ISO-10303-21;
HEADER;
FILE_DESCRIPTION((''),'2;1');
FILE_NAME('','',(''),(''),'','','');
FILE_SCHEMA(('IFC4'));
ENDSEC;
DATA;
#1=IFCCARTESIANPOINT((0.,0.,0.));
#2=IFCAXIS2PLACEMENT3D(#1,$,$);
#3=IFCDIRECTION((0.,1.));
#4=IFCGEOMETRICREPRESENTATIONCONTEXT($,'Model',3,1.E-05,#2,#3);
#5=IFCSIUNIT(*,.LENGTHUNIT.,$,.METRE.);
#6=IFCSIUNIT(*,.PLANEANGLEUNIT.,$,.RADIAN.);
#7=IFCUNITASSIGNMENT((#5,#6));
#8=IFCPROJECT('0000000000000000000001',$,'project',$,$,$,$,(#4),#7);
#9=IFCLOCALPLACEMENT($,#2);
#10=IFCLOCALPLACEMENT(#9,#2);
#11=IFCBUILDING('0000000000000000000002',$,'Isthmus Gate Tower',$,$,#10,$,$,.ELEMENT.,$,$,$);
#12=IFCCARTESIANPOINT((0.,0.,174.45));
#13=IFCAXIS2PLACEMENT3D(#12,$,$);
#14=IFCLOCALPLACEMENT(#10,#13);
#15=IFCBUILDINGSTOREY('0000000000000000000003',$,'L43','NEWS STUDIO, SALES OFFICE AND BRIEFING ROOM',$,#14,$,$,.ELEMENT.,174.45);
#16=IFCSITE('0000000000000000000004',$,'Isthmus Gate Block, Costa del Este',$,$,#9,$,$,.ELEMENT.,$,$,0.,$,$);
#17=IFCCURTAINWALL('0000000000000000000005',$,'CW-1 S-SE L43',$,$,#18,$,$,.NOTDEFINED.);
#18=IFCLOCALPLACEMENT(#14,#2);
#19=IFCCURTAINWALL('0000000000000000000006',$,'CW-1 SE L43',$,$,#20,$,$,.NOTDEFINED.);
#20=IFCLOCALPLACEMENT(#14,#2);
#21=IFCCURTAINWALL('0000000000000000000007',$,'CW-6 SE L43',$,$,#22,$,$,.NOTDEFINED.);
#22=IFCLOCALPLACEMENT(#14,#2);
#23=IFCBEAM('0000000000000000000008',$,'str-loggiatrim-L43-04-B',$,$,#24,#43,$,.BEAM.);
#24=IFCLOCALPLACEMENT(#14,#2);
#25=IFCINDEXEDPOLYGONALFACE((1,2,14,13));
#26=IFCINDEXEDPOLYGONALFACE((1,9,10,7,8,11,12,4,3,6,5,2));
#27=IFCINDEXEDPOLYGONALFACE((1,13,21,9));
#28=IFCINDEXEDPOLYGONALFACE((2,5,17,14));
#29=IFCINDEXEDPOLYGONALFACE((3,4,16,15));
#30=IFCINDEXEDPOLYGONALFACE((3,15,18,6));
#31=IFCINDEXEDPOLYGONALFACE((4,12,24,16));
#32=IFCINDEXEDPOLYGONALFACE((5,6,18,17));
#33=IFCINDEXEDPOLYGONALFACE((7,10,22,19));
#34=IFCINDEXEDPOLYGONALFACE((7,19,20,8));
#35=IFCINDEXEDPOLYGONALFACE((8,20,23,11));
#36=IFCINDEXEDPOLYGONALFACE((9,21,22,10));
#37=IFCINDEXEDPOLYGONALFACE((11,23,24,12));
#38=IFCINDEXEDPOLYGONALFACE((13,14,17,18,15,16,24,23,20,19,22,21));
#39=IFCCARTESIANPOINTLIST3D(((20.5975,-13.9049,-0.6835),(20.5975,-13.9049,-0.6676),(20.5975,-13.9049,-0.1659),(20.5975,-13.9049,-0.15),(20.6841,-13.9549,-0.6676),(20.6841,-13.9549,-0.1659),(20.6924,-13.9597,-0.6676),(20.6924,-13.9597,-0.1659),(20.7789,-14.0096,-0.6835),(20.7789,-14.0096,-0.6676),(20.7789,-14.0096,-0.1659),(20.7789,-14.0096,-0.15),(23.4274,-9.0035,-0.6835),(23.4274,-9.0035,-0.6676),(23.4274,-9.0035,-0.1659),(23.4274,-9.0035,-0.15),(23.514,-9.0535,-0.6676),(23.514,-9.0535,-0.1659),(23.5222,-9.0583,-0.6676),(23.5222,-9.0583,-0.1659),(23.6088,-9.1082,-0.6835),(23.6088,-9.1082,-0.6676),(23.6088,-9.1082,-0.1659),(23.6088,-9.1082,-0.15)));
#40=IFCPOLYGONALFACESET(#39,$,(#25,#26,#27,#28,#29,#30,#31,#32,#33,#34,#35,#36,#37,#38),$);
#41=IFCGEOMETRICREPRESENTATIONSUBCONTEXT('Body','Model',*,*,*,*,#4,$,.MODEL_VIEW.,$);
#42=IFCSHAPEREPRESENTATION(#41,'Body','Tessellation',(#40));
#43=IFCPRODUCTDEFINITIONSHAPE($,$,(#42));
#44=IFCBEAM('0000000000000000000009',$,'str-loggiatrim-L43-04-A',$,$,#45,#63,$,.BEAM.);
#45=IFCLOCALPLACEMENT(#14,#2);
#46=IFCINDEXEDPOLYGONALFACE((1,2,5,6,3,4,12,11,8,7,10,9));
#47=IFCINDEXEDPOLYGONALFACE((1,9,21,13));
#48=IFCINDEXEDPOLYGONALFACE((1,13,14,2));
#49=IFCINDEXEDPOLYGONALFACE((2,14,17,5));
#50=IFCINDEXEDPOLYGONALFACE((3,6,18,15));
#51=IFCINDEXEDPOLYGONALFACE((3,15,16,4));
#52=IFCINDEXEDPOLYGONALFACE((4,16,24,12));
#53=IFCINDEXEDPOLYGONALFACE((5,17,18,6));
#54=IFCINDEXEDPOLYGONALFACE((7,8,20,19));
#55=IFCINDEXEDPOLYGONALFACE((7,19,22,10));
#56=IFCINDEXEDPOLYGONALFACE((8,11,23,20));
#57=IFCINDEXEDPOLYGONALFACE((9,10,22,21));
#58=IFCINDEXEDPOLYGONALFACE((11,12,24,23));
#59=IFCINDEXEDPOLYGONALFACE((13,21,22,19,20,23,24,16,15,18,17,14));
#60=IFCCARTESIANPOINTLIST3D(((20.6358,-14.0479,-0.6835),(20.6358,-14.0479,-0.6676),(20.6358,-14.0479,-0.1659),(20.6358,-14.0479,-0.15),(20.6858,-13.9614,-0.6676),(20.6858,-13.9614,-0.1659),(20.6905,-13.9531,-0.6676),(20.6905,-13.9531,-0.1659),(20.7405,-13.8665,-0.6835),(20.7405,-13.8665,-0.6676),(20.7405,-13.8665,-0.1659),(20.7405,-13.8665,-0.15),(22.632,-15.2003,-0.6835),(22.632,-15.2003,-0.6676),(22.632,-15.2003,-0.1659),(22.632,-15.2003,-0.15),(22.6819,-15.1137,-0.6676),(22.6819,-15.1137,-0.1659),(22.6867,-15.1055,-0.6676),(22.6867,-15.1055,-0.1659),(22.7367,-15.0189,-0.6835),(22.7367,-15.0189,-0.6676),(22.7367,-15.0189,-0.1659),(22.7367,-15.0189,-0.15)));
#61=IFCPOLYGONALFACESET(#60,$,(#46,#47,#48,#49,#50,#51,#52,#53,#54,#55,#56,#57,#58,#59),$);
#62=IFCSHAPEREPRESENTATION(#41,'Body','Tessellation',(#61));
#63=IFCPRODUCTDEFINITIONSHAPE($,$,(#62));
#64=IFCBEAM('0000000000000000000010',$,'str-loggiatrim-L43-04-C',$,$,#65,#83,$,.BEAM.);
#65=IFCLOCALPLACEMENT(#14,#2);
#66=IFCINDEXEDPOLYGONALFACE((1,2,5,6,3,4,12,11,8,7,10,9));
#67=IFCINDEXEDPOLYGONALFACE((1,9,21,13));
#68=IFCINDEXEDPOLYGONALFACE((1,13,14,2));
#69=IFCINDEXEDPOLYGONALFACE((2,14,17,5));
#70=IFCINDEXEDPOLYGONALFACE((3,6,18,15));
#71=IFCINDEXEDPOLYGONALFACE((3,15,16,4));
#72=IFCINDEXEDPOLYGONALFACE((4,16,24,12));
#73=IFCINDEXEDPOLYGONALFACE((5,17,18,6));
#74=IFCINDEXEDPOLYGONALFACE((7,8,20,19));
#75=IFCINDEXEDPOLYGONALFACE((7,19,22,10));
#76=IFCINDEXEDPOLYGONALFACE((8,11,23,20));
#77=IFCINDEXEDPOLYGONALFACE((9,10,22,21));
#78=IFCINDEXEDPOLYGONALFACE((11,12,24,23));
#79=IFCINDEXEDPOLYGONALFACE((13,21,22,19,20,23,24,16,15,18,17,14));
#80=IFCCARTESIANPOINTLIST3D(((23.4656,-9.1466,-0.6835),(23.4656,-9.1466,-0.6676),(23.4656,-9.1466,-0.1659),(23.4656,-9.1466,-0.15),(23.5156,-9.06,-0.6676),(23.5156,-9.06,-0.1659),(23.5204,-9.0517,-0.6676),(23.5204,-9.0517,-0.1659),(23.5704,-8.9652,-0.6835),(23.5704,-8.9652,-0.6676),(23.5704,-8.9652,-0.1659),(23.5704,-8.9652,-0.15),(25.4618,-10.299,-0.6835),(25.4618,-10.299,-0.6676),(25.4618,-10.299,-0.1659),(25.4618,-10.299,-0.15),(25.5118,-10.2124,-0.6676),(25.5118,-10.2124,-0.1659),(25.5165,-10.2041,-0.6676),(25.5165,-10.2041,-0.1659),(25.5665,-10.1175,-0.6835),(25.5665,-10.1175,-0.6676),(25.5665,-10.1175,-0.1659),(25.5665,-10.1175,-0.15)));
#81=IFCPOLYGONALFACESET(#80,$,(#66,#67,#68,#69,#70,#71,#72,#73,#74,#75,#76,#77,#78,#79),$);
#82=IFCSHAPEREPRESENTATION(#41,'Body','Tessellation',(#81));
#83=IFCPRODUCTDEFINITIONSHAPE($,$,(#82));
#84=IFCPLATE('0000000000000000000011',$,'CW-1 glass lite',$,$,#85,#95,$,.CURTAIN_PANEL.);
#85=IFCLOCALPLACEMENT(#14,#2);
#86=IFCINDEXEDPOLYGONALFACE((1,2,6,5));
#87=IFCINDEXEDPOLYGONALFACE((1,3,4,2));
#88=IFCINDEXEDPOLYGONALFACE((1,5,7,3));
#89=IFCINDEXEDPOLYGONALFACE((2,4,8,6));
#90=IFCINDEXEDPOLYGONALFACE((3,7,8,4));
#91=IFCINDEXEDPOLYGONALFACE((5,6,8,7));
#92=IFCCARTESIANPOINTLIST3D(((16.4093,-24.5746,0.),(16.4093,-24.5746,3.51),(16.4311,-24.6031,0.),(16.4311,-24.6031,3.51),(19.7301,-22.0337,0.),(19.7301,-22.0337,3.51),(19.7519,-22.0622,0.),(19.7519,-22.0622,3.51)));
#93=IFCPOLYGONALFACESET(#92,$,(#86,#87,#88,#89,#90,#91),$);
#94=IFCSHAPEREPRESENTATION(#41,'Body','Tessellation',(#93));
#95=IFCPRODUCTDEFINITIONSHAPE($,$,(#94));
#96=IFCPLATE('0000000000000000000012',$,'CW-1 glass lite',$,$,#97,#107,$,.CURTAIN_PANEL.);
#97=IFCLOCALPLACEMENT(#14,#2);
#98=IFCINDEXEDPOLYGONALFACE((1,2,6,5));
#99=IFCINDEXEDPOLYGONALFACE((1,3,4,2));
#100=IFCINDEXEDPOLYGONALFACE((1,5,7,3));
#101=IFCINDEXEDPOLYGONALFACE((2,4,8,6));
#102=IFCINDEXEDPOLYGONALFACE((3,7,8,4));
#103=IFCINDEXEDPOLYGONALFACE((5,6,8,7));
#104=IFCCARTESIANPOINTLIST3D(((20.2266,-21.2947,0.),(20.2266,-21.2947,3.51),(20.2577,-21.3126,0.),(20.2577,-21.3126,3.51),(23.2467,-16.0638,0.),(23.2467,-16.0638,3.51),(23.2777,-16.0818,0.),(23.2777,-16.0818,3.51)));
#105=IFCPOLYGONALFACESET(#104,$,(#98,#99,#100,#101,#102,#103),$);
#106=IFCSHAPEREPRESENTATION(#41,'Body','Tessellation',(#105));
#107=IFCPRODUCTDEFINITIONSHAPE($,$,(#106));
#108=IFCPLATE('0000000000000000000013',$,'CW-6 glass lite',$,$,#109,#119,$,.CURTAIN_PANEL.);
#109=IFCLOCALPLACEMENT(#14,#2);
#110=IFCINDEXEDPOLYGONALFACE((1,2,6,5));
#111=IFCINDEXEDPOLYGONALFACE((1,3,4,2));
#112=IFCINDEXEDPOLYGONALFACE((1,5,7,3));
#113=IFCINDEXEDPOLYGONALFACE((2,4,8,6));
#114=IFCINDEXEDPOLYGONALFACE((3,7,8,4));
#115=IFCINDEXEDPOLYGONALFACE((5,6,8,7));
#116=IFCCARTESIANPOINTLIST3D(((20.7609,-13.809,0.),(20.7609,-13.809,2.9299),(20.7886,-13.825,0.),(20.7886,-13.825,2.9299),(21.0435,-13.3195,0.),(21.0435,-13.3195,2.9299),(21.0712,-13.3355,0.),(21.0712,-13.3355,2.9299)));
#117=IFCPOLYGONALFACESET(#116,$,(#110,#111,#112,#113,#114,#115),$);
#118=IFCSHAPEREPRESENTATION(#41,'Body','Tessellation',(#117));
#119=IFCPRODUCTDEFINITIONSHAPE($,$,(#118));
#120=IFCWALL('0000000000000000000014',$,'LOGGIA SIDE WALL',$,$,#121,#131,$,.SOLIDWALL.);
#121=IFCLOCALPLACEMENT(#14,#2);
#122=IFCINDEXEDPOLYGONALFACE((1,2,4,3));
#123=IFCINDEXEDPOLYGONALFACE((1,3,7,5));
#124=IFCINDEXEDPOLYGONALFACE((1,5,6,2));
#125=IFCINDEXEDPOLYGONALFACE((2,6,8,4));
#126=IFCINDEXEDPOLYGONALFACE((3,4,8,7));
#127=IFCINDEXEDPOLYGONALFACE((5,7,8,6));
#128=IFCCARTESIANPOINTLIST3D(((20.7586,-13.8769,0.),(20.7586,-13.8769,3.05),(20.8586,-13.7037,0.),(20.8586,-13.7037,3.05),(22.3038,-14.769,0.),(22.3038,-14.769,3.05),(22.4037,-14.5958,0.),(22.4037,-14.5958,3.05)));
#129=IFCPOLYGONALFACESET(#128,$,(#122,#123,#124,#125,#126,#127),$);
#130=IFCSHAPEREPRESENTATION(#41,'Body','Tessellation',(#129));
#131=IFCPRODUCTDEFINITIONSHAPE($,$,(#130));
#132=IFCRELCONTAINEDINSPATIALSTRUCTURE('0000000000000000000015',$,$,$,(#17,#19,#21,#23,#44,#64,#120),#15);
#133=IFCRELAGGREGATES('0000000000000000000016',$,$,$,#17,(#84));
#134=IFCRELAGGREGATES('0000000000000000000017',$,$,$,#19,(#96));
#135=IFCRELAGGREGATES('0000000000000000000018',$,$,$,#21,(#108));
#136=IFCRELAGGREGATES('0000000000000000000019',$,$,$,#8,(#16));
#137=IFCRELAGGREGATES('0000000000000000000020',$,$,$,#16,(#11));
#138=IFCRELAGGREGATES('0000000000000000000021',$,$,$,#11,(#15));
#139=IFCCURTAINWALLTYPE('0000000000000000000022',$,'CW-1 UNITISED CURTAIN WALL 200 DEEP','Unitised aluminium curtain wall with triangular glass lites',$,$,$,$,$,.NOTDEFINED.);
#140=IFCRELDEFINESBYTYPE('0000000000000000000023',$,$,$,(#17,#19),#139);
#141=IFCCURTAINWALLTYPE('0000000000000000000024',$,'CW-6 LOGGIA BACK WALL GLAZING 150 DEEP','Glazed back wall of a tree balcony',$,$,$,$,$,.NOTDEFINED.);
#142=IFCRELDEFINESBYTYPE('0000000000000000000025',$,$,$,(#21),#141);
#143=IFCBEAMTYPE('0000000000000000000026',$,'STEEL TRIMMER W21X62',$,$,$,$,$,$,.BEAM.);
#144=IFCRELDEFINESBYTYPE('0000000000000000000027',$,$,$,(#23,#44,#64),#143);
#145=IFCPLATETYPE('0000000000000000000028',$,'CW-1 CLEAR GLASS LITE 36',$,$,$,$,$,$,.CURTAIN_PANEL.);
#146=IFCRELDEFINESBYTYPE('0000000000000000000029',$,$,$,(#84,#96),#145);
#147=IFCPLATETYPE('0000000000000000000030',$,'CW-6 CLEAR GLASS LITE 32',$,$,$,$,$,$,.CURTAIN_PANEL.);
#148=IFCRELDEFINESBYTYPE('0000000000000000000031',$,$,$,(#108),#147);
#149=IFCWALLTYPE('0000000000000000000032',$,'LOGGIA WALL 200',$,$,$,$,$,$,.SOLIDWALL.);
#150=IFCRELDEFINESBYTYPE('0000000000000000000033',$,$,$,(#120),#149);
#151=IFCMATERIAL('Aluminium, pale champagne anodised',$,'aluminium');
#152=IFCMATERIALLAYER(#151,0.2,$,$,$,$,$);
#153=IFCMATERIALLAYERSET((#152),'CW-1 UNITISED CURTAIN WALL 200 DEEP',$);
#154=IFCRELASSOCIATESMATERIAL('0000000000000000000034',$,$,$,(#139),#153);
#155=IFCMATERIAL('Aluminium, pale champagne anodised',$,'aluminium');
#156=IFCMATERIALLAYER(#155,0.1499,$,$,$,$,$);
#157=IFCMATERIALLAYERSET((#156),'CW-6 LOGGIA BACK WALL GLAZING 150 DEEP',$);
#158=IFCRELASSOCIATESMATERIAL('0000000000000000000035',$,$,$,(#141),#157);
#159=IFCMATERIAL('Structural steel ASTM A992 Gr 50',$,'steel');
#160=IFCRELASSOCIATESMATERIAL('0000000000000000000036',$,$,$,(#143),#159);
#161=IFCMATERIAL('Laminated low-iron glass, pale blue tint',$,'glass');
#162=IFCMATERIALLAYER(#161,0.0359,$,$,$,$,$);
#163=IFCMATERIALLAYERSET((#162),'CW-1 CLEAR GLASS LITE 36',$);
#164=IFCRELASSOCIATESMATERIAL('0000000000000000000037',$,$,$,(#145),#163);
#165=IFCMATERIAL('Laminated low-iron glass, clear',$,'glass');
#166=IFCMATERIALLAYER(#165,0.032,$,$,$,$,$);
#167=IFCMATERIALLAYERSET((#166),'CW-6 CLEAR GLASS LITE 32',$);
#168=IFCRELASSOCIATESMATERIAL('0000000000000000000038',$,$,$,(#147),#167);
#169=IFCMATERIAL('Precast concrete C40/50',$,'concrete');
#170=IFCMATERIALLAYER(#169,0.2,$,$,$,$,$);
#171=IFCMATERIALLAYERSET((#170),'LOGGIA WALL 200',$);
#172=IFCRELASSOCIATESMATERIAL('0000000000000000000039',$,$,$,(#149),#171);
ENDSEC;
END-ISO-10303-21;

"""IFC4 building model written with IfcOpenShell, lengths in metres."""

from ifc_helpers import new_model, si_unit, direction, frame, frame_2d, origin, origin_2d, place, context, subcontext, project, spatial, rectangle, i_section, extrude, material, layer, layer_set, material_profile, profile_set, type_object, element, aggregate, save


model = new_model("IFC4")

# Units and contexts
model_context = context("Model", 3, precision=1e-05, world=origin(), true_north=direction((0.0, 1.0)))
body_context = subcontext(model_context, "Body", "Model", "MODEL_VIEW")
ifc_project = project(units=[si_unit("LENGTHUNIT", "METRE"), si_unit("PLANEANGLEUNIT", "RADIAN")], contexts=[model_context])

# Site, building, storey
site_placement = place(None, origin())
site = spatial("IfcSite", under=ifc_project, at=site_placement, Name="Isthmus Gate Block, Costa del Este", CompositionType="ELEMENT", RefElevation=0.0)
building_placement = place(site_placement, origin())
building = spatial("IfcBuilding", under=site, at=building_placement, Name="Isthmus Gate Tower", CompositionType="ELEMENT")
storey_placement = place(building_placement, frame((0.0, 0.0, 174.45)))
storey = spatial("IfcBuildingStorey", under=building, at=storey_placement, Name="L43", Description="NEWS STUDIO, SALES OFFICE AND BRIEFING ROOM", CompositionType="ELEMENT", Elevation=174.45)

# Curtain walls
ifc_material_1 = material(Name="Aluminium, pale champagne anodised", Category="aluminium")
ifc_layer_1 = layer(ifc_material_1, 0.2)
ifc_layer_set_1 = layer_set([ifc_layer_1], Name="CW-1 UNITISED CURTAIN WALL 200 DEEP")
curtain_wall_type_1 = type_object("IfcCurtainWallType", Name="CW-1 UNITISED CURTAIN WALL 200 DEEP", Description="Unitised aluminium curtain wall with triangular glass lites", PredefinedType="NOTDEFINED", material=ifc_layer_set_1)
curtain_wall_1_placement = place(storey_placement, origin())
curtain_wall_1 = element("IfcCurtainWall", 1, at=curtain_wall_1_placement, inside=storey, type_object=curtain_wall_type_1, Name="CW-1 S-SE L43", PredefinedType="NOTDEFINED")
curtain_wall_2_placement = place(storey_placement, origin())
curtain_wall_2 = element("IfcCurtainWall", 2, at=curtain_wall_2_placement, inside=storey, type_object=curtain_wall_type_1, Name="CW-1 SE L43", PredefinedType="NOTDEFINED")

# Curtain wall
ifc_material_2 = material(Name="Aluminium, pale champagne anodised", Category="aluminium")
ifc_layer_2 = layer(ifc_material_2, 0.1499)
ifc_layer_set_2 = layer_set([ifc_layer_2], Name="CW-6 LOGGIA BACK WALL GLAZING 150 DEEP")
curtain_wall_type_2 = type_object("IfcCurtainWallType", Name="CW-6 LOGGIA BACK WALL GLAZING 150 DEEP", Description="Glazed back wall of a tree balcony", PredefinedType="NOTDEFINED", material=ifc_layer_set_2)
curtain_wall_3_placement = place(storey_placement, origin())
curtain_wall_3 = element("IfcCurtainWall", 3, at=curtain_wall_3_placement, inside=storey, type_object=curtain_wall_type_2, Name="CW-6 SE L43", PredefinedType="NOTDEFINED")

# Beams
ifc_material_3 = material(Name="Structural steel ASTM A992 Gr 50", Category="steel")
ifc_material_profile_1 = material_profile(ifc_material_3, i_section(OverallWidth=0.2095, OverallDepth=0.5334, WebThickness=0.0095, FlangeThickness=0.0159, at=origin_2d()), Name="W21X62")
ifc_profile_set_1 = profile_set([ifc_material_profile_1], Name="Structural steel ASTM A992 Gr 50")
beam_type_1 = type_object("IfcBeamType", Name="STEEL TRIMMER W21X62", PredefinedType="BEAM", material=ifc_profile_set_1)
beam_1_placement = place(storey_placement, frame((20.6882, -13.9573, -0.4167), z_axis=(0.500004, 0.866023, 0.0), x_axis=(-0.866023, 0.500004, 0.0)))
element("IfcBeam", 4, at=beam_1_placement, inside=storey, type_object=beam_type_1, Name="str-loggiatrim-L43-04-B", PredefinedType="BEAM", context=body_context, shape_type="SweptSolid", body=[
    extrude(i_section(OverallWidth=0.2095, OverallDepth=0.5334, WebThickness=0.0095, FlangeThickness=0.0159, at=origin_2d()), origin(), (0.0, 0.0, 1.0), 5.6597),
])
for number, where, z_axis, x_axis, name in (
    (5, (22.6843, -15.1096, -0.4167), (-0.866044, 0.499967, 0.0), (-0.499967, -0.866044, 0.0), "str-loggiatrim-L43-04-A"),
    (6, (25.5142, -10.2083, -0.4167), (-0.866044, 0.499967, 0.0), (-0.499967, -0.866044, 0.0), "str-loggiatrim-L43-04-C"),
):
    element("IfcBeam", number, at=place(storey_placement, frame(where, z_axis=z_axis, x_axis=x_axis)), inside=storey, type_object=beam_type_1, Name=name, PredefinedType="BEAM", context=body_context, shape_type="SweptSolid", body=[
        extrude(i_section(OverallWidth=0.2095, OverallDepth=0.5334, WebThickness=0.0095, FlangeThickness=0.0159, at=origin_2d()), origin(), (0.0, 0.0, 1.0), 2.3049),
    ])

# Plates
ifc_material_4 = material(Name="Laminated low-iron glass, pale blue tint", Category="glass")
ifc_layer_3 = layer(ifc_material_4, 0.0359)
ifc_layer_set_3 = layer_set([ifc_layer_3], Name="CW-1 CLEAR GLASS LITE 36")
plate_type_1 = type_object("IfcPlateType", Name="CW-1 CLEAR GLASS LITE 36", PredefinedType="CURTAIN_PANEL", material=ifc_layer_set_3)
plate_1_placement = place(storey_placement, frame((18.0806, -23.3184, 0.0), z_axis=(0.0, 0.0, 1.0), x_axis=(0.794189, 0.607671, 0.0)))
plate_1 = element("IfcPlate", 7, at=plate_1_placement, type_object=plate_type_1, Name="CW-1 glass lite", PredefinedType="CURTAIN_PANEL", context=body_context, shape_type="SweptSolid", body=[
    extrude(rectangle(XDim=4.1814, YDim=0.0359, at=origin_2d()), origin(), (0.0, 0.0, 1.0), 3.51),
])
aggregate(curtain_wall_1, [plate_1])
plate_2_placement = place(storey_placement, frame((21.7522, -18.6882, 0.0), z_axis=(0.0, 0.0, 1.0), x_axis=(0.5, 0.866025, 0.0)))
plate_2 = element("IfcPlate", 8, at=plate_2_placement, type_object=plate_type_1, Name="CW-1 glass lite", PredefinedType="CURTAIN_PANEL", context=body_context, shape_type="SweptSolid", body=[
    extrude(rectangle(XDim=6.04, YDim=0.0359, at=origin_2d()), origin(), (0.0, 0.0, 1.0), 3.51),
])
aggregate(curtain_wall_2, [plate_2])
ifc_material_5 = material(Name="Laminated low-iron glass, clear", Category="glass")
ifc_layer_4 = layer(ifc_material_5, 0.032)
ifc_layer_set_4 = layer_set([ifc_layer_4], Name="CW-6 CLEAR GLASS LITE 32")
plate_type_2 = type_object("IfcPlateType", Name="CW-6 CLEAR GLASS LITE 32", PredefinedType="CURTAIN_PANEL", material=ifc_layer_set_4)
plate_3_placement = place(storey_placement, frame((20.916, -13.5723, 0.0), z_axis=(0.0, 0.0, 1.0), x_axis=(0.5, 0.866025, 0.0)))
plate_3 = element("IfcPlate", 9, at=plate_3_placement, type_object=plate_type_2, Name="CW-6 glass lite", PredefinedType="CURTAIN_PANEL", context=body_context, shape_type="SweptSolid", body=[
    extrude(rectangle(XDim=0.5652, YDim=0.032, at=origin_2d()), origin(), (0.0, 0.0, 1.0), 2.9299),
])
aggregate(curtain_wall_3, [plate_3])

# Shared definitions
ifc_material_6 = material(Name="Precast concrete C40/50", Category="concrete")
ifc_layer_5 = layer(ifc_material_6, 0.2)
ifc_layer_set_5 = layer_set([ifc_layer_5], Name="LOGGIA WALL 200")
wall_type = type_object("IfcWallType", Name="LOGGIA WALL 200", PredefinedType="SOLIDWALL", material=ifc_layer_set_5)

# Wall
wall_1_placement = place(storey_placement, frame((22.3538, -14.6824, 0.0), z_axis=(0.0, 0.0, 1.0), x_axis=(-0.866028, 0.499995, 0.0)))
element("IfcWall", 10, at=wall_1_placement, inside=storey, type_object=wall_type, Name="LOGGIA SIDE WALL", PredefinedType="SOLIDWALL", context=body_context, shape_type="SweptSolid", body=[
    extrude(rectangle(XDim=1.7842, YDim=0.2, at=frame_2d((0.8921, 0.0))), origin(), (0.0, 0.0, 1.0), 3.05),
])

save(model, "model.ifc")
